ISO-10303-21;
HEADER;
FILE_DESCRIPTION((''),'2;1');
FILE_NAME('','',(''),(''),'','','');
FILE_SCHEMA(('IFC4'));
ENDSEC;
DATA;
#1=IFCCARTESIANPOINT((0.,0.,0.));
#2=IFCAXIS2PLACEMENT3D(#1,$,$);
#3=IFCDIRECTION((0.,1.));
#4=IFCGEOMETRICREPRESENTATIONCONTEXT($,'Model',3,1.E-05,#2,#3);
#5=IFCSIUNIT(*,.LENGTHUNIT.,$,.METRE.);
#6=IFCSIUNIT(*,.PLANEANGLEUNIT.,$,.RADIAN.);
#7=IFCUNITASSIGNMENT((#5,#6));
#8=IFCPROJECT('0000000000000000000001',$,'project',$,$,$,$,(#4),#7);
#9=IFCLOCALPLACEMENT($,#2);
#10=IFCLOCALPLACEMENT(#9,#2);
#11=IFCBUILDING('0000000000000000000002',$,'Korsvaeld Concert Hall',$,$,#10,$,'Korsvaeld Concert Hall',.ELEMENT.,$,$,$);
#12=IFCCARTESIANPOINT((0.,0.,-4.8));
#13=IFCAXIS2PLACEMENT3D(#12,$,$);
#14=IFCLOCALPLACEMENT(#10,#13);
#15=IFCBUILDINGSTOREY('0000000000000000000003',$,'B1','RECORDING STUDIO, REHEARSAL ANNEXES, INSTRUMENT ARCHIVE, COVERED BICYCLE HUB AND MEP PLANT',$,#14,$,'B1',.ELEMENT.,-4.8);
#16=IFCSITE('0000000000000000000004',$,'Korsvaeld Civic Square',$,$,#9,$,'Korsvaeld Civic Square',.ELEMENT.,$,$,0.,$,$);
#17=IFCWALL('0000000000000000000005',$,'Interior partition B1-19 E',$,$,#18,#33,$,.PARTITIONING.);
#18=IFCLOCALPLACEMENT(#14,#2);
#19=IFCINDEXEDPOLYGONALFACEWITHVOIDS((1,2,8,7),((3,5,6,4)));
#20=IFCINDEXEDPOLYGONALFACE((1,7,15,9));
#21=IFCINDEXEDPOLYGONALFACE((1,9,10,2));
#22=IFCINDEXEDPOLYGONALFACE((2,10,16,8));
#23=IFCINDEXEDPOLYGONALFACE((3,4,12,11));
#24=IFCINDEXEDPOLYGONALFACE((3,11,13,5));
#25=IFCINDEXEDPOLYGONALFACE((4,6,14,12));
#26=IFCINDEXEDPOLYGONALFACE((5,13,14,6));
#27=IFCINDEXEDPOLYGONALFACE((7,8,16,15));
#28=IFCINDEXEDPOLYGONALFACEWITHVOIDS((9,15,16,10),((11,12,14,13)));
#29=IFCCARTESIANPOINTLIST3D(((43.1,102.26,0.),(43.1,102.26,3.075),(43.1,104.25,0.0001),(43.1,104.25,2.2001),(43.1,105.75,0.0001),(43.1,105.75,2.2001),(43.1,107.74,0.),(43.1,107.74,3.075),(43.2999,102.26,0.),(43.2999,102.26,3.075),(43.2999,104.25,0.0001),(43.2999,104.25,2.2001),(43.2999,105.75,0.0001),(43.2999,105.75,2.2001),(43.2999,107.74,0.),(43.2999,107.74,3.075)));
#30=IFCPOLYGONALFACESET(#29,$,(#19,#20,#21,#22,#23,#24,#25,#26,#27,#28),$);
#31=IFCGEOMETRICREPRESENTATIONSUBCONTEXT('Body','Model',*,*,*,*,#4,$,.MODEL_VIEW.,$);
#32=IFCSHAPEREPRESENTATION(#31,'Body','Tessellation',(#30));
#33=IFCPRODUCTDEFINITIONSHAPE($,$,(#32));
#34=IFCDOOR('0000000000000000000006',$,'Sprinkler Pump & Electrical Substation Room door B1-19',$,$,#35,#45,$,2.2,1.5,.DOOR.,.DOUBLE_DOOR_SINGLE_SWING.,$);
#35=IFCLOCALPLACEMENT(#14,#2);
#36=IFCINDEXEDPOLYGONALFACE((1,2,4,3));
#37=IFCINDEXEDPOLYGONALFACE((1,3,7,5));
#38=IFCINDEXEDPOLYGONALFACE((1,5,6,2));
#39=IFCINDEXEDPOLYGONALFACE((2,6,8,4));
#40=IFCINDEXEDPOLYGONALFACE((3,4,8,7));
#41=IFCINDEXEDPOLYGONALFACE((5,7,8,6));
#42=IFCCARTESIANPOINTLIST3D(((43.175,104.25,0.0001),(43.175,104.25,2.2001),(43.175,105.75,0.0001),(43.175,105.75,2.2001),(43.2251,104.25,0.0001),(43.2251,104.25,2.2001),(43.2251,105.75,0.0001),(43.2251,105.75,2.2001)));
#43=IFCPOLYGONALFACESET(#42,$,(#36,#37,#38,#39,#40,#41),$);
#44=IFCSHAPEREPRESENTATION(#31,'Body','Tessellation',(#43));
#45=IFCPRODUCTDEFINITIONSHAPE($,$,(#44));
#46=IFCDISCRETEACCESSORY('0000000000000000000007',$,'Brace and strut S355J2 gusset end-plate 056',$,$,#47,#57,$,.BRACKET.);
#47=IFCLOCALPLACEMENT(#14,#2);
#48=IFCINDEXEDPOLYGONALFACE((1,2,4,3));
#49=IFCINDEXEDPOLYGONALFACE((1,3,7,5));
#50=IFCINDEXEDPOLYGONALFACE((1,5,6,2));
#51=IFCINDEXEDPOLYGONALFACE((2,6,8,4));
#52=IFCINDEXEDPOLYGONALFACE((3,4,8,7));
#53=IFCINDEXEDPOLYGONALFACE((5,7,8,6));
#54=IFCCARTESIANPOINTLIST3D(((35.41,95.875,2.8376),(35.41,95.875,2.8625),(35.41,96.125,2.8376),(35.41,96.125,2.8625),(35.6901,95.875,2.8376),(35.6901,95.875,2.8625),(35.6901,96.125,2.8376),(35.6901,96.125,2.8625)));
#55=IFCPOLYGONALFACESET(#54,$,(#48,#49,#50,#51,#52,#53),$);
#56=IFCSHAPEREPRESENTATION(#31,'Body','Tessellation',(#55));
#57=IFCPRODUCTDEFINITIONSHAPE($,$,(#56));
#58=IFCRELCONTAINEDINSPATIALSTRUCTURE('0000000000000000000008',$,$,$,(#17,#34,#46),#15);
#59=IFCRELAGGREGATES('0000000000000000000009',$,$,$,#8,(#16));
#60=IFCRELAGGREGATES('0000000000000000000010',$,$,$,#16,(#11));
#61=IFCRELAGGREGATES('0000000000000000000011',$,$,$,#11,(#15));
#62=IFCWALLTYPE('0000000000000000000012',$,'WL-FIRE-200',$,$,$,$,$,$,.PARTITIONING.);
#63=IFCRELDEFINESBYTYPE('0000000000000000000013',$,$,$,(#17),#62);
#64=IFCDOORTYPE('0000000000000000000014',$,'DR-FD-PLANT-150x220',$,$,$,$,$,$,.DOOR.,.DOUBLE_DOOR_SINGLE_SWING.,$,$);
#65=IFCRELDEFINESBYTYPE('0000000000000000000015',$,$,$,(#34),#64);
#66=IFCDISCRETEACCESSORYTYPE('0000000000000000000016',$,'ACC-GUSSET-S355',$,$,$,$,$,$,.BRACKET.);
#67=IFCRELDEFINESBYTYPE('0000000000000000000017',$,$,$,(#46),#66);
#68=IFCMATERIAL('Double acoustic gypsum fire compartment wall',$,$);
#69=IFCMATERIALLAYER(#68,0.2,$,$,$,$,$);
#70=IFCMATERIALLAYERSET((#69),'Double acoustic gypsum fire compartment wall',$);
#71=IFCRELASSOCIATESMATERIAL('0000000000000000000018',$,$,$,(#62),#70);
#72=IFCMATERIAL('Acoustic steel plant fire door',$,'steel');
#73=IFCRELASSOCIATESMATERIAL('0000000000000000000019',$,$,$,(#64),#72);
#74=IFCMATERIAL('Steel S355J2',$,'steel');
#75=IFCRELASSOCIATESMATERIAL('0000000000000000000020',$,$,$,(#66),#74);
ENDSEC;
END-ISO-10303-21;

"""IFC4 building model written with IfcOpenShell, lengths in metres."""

from ifc_helpers import new_model, si_unit, direction, frame, frame_2d, origin, origin_2d, place, context, subcontext, project, spatial, rectangle, extrude, material, layer, layer_set, type_object, element, fill, save


model = new_model("IFC4")

# Units and contexts
model_context = context("Model", 3, precision=1e-05, world=origin(), true_north=direction((0.0, 1.0)))
body_context = subcontext(model_context, "Body", "Model", "MODEL_VIEW")
ifc_project = project(units=[si_unit("LENGTHUNIT", "METRE"), si_unit("PLANEANGLEUNIT", "RADIAN")], contexts=[model_context])

# Site, building, storey
site_placement = place(None, origin())
site = spatial("IfcSite", under=ifc_project, at=site_placement, Name="Korsvaeld Civic Square", LongName="Korsvaeld Civic Square", CompositionType="ELEMENT", RefElevation=0.0)
building_placement = place(site_placement, origin())
building = spatial("IfcBuilding", under=site, at=building_placement, Name="Korsvaeld Concert Hall", LongName="Korsvaeld Concert Hall", CompositionType="ELEMENT")
storey_placement = place(building_placement, frame((0.0, 0.0, -4.8)))
storey = spatial("IfcBuildingStorey", under=building, at=storey_placement, Name="B1", Description="RECORDING STUDIO, REHEARSAL ANNEXES, INSTRUMENT ARCHIVE, COVERED BICYCLE HUB AND MEP PLANT", LongName="B1", CompositionType="ELEMENT", Elevation=-4.8)

# Shared definitions
ifc_material_1 = material(Name="Steel S355J2", Category="steel")

# Shared definitions
ifc_material_2 = material(Name="Double acoustic gypsum fire compartment wall")
ifc_layer = layer(ifc_material_2, 0.2)
ifc_layer_set = layer_set([ifc_layer], Name="Double acoustic gypsum fire compartment wall")
wall_type = type_object("IfcWallType", Name="WL-FIRE-200", PredefinedType="PARTITIONING", material=ifc_layer_set)

# Wall, opening, door
wall_1_placement = place(storey_placement, frame((43.2, 102.26, 0.0), z_axis=(0.0, 0.0, 1.0), x_axis=(0.0, 1.0, 0.0)))
wall_1 = element("IfcWall", 1, at=wall_1_placement, inside=storey, type_object=wall_type, Name="Interior partition B1-19 E", PredefinedType="PARTITIONING", context=body_context, shape_type="SweptSolid", body=[
    extrude(rectangle(XDim=5.48, YDim=0.2, at=frame_2d((2.74, 0.0))), origin(), (0.0, 0.0, 1.0), 3.075),
])
opening_placement = place(wall_1_placement, frame((1.99, 0.0, 0.0)))
opening = element("IfcOpeningElement", 2, at=opening_placement, cuts=wall_1, PredefinedType="OPENING", context=body_context, shape_type="SweptSolid", body=[
    extrude(rectangle(XDim=1.5, YDim=2.2, at=frame_2d((0.75, 1.1001))), frame((0.0, 0.1099, 0.0), z_axis=(0.0, -1.0, 0.0), x_axis=(1.0, 0.0, 0.0)), (0.0, 0.0, 1.0), 0.22),
])
ifc_material_3 = material(Name="Acoustic steel plant fire door", Category="steel")
door_type = type_object("IfcDoorType", Name="DR-FD-PLANT-150x220", OperationType="DOUBLE_DOOR_SINGLE_SWING", PredefinedType="DOOR", material=ifc_material_3)
door_placement = place(opening_placement, origin())
door = element("IfcDoor", 3, at=door_placement, inside=storey, type_object=door_type, Name="Sprinkler Pump & Electrical Substation Room door B1-19", OperationType="DOUBLE_DOOR_SINGLE_SWING", OverallHeight=2.2, OverallWidth=1.5, PredefinedType="DOOR", context=body_context, shape_type="SweptSolid", body=[
    extrude(rectangle(XDim=1.5, YDim=2.2, at=frame_2d((0.75, 1.1001))), frame((0.0, 0.0249, 0.0), z_axis=(0.0, -1.0, 0.0), x_axis=(1.0, 0.0, 0.0)), (0.0, 0.0, 1.0), 0.05),
])
fill(opening, door)

# Discrete accessory
discrete_accessory_type = type_object("IfcDiscreteAccessoryType", Name="ACC-GUSSET-S355", PredefinedType="BRACKET", material=ifc_material_1)
discrete_accessory_placement = place(storey_placement, frame((35.55, 96.0, 2.8376), z_axis=(0.0, 0.0, 1.0), x_axis=(1.0, 0.0, 0.0)))
element("IfcDiscreteAccessory", 4, at=discrete_accessory_placement, inside=storey, type_object=discrete_accessory_type, Name="Brace and strut S355J2 gusset end-plate 056", PredefinedType="BRACKET", context=body_context, shape_type="SweptSolid", body=[
    extrude(rectangle(XDim=0.28, YDim=0.25, at=origin_2d()), origin(), (0.0, 0.0, 1.0), 0.0249),
])

save(model, "model.ifc")
